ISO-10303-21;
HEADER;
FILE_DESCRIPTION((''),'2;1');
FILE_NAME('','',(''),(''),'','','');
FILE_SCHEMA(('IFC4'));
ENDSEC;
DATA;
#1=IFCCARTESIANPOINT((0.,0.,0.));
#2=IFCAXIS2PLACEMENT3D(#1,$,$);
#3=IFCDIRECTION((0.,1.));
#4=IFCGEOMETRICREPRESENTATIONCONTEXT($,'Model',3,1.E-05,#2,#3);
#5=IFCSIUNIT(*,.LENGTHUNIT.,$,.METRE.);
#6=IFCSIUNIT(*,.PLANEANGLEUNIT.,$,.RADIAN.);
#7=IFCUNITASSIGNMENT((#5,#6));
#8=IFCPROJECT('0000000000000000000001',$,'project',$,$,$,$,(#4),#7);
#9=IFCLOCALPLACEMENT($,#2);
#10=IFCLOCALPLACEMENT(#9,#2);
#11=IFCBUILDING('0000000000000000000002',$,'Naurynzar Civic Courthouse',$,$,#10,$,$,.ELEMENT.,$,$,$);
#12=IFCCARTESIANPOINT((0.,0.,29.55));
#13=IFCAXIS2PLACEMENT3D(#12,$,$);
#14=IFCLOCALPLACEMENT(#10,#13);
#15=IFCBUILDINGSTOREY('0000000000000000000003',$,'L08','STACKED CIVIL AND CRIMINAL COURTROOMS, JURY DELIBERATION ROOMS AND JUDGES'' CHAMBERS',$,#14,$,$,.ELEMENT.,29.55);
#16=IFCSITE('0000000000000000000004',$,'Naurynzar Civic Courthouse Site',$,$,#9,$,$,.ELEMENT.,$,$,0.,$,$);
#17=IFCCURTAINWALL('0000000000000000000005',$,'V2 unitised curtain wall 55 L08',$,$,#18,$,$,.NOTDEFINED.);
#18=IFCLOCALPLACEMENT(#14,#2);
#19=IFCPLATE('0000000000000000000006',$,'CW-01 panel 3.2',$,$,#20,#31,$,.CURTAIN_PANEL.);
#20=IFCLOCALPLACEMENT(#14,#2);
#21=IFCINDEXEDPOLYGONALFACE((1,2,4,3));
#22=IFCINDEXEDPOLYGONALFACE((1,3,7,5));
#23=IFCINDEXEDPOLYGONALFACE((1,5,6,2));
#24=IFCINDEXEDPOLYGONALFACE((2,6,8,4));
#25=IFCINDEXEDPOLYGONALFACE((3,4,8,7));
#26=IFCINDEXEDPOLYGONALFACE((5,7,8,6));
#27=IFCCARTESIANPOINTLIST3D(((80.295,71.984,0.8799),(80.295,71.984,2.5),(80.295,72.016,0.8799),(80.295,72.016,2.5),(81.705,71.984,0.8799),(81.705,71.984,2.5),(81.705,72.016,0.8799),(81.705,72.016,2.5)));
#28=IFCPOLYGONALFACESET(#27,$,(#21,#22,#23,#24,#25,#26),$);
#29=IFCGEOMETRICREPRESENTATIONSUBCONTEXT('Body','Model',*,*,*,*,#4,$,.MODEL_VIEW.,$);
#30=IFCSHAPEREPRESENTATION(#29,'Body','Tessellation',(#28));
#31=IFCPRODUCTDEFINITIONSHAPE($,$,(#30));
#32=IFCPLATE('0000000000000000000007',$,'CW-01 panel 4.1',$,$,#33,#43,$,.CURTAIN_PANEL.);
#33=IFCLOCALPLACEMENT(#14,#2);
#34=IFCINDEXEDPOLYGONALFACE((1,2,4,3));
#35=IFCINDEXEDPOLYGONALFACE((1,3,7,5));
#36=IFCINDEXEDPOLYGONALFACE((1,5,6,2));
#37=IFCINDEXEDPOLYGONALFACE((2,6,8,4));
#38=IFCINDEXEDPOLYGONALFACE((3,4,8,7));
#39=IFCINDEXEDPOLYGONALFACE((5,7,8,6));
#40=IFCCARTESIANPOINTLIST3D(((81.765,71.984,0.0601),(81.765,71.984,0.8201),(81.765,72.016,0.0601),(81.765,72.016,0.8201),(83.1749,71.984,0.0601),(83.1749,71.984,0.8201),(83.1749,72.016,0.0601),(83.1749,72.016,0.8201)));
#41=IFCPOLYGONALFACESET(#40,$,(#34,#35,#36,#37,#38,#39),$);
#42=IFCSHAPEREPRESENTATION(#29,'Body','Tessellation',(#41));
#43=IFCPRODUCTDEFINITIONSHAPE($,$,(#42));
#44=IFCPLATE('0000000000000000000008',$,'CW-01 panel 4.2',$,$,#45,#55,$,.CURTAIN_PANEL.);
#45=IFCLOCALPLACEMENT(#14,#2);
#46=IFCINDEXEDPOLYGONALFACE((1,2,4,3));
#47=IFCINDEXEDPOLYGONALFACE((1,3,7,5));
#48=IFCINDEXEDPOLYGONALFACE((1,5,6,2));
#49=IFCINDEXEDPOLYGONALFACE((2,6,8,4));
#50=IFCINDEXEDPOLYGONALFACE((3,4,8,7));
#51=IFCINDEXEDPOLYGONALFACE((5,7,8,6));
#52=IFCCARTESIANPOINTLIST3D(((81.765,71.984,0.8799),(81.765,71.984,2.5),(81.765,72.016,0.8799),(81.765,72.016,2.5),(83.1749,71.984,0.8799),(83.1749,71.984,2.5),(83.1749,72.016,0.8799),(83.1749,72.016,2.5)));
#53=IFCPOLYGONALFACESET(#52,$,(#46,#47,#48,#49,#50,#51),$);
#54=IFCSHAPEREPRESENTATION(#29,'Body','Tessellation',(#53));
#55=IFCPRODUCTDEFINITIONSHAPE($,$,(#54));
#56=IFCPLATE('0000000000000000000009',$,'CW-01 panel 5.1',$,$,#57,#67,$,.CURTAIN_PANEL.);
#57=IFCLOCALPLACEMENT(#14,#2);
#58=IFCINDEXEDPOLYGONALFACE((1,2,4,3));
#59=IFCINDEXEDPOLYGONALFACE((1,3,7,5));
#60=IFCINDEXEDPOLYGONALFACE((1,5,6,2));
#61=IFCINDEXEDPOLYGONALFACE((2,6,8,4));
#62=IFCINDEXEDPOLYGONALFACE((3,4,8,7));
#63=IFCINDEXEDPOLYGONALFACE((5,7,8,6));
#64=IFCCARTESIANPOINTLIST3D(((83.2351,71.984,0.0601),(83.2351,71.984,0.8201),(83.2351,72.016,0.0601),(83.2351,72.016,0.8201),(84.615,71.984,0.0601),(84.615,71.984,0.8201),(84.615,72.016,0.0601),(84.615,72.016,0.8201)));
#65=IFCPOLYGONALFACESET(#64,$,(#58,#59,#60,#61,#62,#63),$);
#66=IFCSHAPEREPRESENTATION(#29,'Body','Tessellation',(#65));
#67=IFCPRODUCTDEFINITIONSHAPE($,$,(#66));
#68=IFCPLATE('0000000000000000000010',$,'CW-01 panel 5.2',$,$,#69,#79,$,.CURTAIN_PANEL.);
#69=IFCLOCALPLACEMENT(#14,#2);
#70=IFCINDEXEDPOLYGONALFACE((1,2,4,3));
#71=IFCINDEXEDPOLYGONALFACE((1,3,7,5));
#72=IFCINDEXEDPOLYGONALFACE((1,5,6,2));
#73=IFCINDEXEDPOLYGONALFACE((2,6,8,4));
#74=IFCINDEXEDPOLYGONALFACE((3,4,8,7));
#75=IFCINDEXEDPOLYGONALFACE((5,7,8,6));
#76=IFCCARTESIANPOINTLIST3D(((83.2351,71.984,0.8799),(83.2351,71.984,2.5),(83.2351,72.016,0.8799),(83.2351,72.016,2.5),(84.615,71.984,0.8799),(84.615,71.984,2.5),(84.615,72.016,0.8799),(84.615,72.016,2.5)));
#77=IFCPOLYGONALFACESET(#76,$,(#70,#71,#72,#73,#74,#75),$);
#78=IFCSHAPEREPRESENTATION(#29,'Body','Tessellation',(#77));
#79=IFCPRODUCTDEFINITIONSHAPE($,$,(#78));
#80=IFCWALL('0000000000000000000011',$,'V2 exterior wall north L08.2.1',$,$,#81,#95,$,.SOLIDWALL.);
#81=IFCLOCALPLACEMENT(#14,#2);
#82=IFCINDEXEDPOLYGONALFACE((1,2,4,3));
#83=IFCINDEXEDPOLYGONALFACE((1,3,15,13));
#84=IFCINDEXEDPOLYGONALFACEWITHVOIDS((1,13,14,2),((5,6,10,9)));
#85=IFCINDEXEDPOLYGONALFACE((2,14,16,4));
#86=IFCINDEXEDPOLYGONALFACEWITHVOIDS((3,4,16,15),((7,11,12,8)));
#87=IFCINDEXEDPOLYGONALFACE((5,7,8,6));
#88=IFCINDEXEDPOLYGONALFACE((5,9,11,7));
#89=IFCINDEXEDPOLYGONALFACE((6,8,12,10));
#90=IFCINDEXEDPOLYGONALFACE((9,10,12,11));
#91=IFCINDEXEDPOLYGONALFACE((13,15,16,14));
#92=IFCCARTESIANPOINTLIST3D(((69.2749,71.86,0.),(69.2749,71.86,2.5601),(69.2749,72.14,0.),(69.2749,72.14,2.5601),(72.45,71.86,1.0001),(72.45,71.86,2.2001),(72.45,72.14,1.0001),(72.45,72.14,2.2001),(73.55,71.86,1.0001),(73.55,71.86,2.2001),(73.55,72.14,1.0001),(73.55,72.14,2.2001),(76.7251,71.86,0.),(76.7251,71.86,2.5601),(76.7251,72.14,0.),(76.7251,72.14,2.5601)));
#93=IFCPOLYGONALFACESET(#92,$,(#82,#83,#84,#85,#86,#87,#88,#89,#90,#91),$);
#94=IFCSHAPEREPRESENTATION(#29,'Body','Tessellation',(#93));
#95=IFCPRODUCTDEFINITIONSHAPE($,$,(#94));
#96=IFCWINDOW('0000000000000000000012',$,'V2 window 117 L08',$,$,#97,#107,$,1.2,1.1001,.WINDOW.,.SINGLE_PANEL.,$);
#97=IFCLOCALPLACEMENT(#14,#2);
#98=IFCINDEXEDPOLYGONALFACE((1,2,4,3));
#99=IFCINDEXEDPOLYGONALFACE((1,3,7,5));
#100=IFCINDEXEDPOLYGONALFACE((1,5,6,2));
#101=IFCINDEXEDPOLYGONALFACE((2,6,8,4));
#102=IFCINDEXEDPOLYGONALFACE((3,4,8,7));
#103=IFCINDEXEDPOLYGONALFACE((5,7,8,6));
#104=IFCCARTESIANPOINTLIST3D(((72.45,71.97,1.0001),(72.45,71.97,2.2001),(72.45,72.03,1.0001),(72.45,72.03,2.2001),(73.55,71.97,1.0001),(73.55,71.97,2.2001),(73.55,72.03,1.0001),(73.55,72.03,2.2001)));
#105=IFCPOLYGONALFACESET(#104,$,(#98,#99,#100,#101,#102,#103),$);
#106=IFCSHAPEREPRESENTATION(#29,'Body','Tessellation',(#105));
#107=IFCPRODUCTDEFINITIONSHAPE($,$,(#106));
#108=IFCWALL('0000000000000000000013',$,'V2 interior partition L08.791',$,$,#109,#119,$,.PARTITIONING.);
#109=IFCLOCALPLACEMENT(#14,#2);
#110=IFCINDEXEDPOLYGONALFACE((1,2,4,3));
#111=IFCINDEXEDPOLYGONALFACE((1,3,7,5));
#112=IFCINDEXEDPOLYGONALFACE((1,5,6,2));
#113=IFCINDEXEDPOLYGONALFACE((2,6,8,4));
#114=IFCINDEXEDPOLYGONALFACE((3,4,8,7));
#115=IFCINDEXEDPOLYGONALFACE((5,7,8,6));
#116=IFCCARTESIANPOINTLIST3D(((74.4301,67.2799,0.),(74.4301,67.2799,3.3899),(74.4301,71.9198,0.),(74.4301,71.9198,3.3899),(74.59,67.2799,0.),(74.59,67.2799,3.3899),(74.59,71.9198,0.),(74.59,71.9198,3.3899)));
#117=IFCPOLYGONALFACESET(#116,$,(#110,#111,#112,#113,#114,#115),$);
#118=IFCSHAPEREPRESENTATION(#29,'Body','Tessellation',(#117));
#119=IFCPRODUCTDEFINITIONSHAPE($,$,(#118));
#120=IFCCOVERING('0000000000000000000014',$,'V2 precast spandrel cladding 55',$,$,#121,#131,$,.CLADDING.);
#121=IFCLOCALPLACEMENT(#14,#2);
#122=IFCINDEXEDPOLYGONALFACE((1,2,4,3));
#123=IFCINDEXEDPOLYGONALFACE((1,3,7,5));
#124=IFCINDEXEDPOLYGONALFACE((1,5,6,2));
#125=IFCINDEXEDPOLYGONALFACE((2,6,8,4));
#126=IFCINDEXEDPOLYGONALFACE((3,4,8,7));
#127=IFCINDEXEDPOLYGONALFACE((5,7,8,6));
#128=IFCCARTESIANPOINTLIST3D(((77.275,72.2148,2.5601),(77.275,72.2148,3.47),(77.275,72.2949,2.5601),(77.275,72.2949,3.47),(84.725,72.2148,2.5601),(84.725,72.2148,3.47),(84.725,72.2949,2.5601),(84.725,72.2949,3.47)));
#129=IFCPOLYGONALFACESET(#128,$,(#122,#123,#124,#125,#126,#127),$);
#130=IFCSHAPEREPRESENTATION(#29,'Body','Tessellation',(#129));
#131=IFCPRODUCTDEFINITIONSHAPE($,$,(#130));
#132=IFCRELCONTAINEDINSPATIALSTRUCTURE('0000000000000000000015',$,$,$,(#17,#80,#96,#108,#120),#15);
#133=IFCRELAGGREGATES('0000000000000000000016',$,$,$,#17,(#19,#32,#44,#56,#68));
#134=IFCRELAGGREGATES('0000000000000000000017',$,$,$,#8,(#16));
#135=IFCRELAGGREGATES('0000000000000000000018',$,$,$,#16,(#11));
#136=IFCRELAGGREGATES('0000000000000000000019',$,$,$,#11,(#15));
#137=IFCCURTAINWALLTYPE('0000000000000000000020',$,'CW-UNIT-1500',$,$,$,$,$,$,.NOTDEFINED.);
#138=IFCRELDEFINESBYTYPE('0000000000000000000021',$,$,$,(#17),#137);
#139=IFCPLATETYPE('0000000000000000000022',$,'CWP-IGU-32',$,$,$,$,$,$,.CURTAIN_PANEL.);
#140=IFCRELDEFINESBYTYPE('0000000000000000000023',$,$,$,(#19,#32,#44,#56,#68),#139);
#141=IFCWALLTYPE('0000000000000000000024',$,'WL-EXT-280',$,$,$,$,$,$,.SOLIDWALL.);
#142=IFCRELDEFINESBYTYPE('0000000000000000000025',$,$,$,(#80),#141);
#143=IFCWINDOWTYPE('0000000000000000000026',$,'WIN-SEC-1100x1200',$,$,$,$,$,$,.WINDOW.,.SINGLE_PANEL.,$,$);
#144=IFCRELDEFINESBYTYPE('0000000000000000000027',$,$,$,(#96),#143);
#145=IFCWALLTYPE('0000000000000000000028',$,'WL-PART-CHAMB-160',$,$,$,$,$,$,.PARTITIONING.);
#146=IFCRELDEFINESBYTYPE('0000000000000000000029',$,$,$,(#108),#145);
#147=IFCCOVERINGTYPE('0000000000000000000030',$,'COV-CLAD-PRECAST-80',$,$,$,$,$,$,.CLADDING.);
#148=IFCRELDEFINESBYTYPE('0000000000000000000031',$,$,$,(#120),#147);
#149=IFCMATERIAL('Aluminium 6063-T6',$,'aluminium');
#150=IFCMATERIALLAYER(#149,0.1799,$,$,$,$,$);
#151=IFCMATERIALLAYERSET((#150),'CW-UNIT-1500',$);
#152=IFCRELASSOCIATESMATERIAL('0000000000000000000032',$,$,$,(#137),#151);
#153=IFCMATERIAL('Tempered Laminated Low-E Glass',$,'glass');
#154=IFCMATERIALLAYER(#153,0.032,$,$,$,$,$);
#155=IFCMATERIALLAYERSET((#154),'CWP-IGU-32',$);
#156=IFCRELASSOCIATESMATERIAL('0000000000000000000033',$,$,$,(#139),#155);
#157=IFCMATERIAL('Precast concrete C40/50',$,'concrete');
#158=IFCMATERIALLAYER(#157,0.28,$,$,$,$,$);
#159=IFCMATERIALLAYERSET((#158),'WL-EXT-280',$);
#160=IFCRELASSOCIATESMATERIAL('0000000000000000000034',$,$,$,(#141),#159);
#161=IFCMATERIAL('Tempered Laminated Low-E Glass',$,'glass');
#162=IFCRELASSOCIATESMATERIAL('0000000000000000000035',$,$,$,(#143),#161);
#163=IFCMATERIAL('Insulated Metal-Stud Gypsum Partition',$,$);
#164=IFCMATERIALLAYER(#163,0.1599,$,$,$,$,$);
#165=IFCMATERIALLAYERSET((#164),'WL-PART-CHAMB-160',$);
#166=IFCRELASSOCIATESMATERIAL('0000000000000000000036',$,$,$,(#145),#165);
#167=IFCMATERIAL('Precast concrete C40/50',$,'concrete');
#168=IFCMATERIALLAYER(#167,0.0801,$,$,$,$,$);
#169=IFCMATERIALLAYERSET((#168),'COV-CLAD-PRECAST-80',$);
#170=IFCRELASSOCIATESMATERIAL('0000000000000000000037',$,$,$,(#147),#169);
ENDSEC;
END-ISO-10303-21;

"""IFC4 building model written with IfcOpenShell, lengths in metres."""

from ifc_helpers import new_model, si_unit, direction, frame, frame_2d, origin, origin_2d, place, context, subcontext, project, spatial, rectangle, extrude, material, layer, layer_set, type_object, element, fill, aggregate, save


model = new_model("IFC4")

# Units and contexts
model_context = context("Model", 3, precision=1e-05, world=origin(), true_north=direction((0.0, 1.0)))
body_context = subcontext(model_context, "Body", "Model", "MODEL_VIEW")
ifc_project = project(units=[si_unit("LENGTHUNIT", "METRE"), si_unit("PLANEANGLEUNIT", "RADIAN")], contexts=[model_context])

# Site, building, storey
site_placement = place(None, origin())
site = spatial("IfcSite", under=ifc_project, at=site_placement, Name="Naurynzar Civic Courthouse Site", CompositionType="ELEMENT", RefElevation=0.0)
building_placement = place(site_placement, origin())
building = spatial("IfcBuilding", under=site, at=building_placement, Name="Naurynzar Civic Courthouse", CompositionType="ELEMENT")
storey_placement = place(building_placement, frame((0.0, 0.0, 29.55)))
storey = spatial("IfcBuildingStorey", under=building, at=storey_placement, Name="L08", Description="STACKED CIVIL AND CRIMINAL COURTROOMS, JURY DELIBERATION ROOMS AND JUDGES' CHAMBERS", CompositionType="ELEMENT", Elevation=29.55)

# Curtain wall, plates
ifc_material_1 = material(Name="Aluminium 6063-T6", Category="aluminium")
ifc_layer_1 = layer(ifc_material_1, 0.1799)
ifc_layer_set_1 = layer_set([ifc_layer_1], Name="CW-UNIT-1500")
curtain_wall_type = type_object("IfcCurtainWallType", Name="CW-UNIT-1500", PredefinedType="NOTDEFINED", material=ifc_layer_set_1)
curtain_wall_placement = place(storey_placement, origin())
curtain_wall = element("IfcCurtainWall", 1, at=curtain_wall_placement, inside=storey, type_object=curtain_wall_type, Name="V2 unitised curtain wall 55 L08", PredefinedType="NOTDEFINED")
ifc_material_2 = material(Name="Tempered Laminated Low-E Glass", Category="glass")
ifc_layer_2 = layer(ifc_material_2, 0.032)
ifc_layer_set_2 = layer_set([ifc_layer_2], Name="CWP-IGU-32")
plate_type = type_object("IfcPlateType", Name="CWP-IGU-32", PredefinedType="CURTAIN_PANEL", material=ifc_layer_set_2)
plate_1_placement = place(storey_placement, frame((81.0, 72.0, 0.8799), z_axis=(0.0, 0.0, 1.0), x_axis=(1.0, 0.0, 0.0)))
plate_1 = element("IfcPlate", 2, at=plate_1_placement, type_object=plate_type, Name="CW-01 panel 3.2", PredefinedType="CURTAIN_PANEL", context=body_context, shape_type="SweptSolid", body=[
    extrude(rectangle(XDim=1.4099, YDim=0.032, at=origin_2d()), origin(), (0.0, 0.0, 1.0), 1.6201),
])
plate_2_placement = place(storey_placement, frame((82.47, 72.0, 0.0601), z_axis=(0.0, 0.0, 1.0), x_axis=(1.0, 0.0, 0.0)))
plate_2 = element("IfcPlate", 3, at=plate_2_placement, type_object=plate_type, Name="CW-01 panel 4.1", PredefinedType="CURTAIN_PANEL", context=body_context, shape_type="SweptSolid", body=[
    extrude(rectangle(XDim=1.4099, YDim=0.032, at=origin_2d()), origin(), (0.0, 0.0, 1.0), 0.76),
])
plate_3_placement = place(storey_placement, frame((82.47, 72.0, 0.8799), z_axis=(0.0, 0.0, 1.0), x_axis=(1.0, 0.0, 0.0)))
plate_3 = element("IfcPlate", 4, at=plate_3_placement, type_object=plate_type, Name="CW-01 panel 4.2", PredefinedType="CURTAIN_PANEL", context=body_context, shape_type="SweptSolid", body=[
    extrude(rectangle(XDim=1.4099, YDim=0.032, at=origin_2d()), origin(), (0.0, 0.0, 1.0), 1.6201),
])
plate_4_placement = place(storey_placement, frame((83.925, 72.0, 0.0601), z_axis=(0.0, 0.0, 1.0), x_axis=(1.0, 0.0, 0.0)))
plate_4 = element("IfcPlate", 5, at=plate_4_placement, type_object=plate_type, Name="CW-01 panel 5.1", PredefinedType="CURTAIN_PANEL", context=body_context, shape_type="SweptSolid", body=[
    extrude(rectangle(XDim=1.3799, YDim=0.032, at=origin_2d()), origin(), (0.0, 0.0, 1.0), 0.76),
])
plate_5_placement = place(storey_placement, frame((83.925, 72.0, 0.8799), z_axis=(0.0, 0.0, 1.0), x_axis=(1.0, 0.0, 0.0)))
plate_5 = element("IfcPlate", 6, at=plate_5_placement, type_object=plate_type, Name="CW-01 panel 5.2", PredefinedType="CURTAIN_PANEL", context=body_context, shape_type="SweptSolid", body=[
    extrude(rectangle(XDim=1.3799, YDim=0.032, at=origin_2d()), origin(), (0.0, 0.0, 1.0), 1.6201),
])
aggregate(curtain_wall, [plate_1, plate_2, plate_3, plate_4, plate_5])

# Wall, opening, window
ifc_material_3 = material(Name="Precast concrete C40/50", Category="concrete")
ifc_layer_3 = layer(ifc_material_3, 0.28)
ifc_layer_set_3 = layer_set([ifc_layer_3], Name="WL-EXT-280")
wall_type_1 = type_object("IfcWallType", Name="WL-EXT-280", PredefinedType="SOLIDWALL", material=ifc_layer_set_3)
wall_1_placement = place(storey_placement, frame((69.2749, 72.0, 0.0), z_axis=(0.0, 0.0, 1.0), x_axis=(1.0, 0.0, 0.0)))
wall_1 = element("IfcWall", 7, at=wall_1_placement, inside=storey, type_object=wall_type_1, Name="V2 exterior wall north L08.2.1", PredefinedType="SOLIDWALL", context=body_context, shape_type="SweptSolid", body=[
    extrude(rectangle(XDim=7.4502, YDim=0.28, at=frame_2d((3.7251, 0.0))), origin(), (0.0, 0.0, 1.0), 2.5601),
])
opening_placement = place(wall_1_placement, frame((3.175, 0.0, 1.0)))
opening = element("IfcOpeningElement", 8, at=opening_placement, cuts=wall_1, PredefinedType="OPENING", context=body_context, shape_type="SweptSolid", body=[
    extrude(rectangle(XDim=1.1001, YDim=1.2, at=frame_2d((0.55, 0.6001))), frame((0.0, 0.1499, 0.0), z_axis=(0.0, -1.0, 0.0), x_axis=(1.0, 0.0, 0.0)), (0.0, 0.0, 1.0), 0.3),
])
ifc_material_4 = material(Name="Tempered Laminated Low-E Glass", Category="glass")
window_type = type_object("IfcWindowType", Name="WIN-SEC-1100x1200", PartitioningType="SINGLE_PANEL", PredefinedType="WINDOW", material=ifc_material_4)
window_placement = place(opening_placement, origin())
window = element("IfcWindow", 9, at=window_placement, inside=storey, type_object=window_type, Name="V2 window 117 L08", OverallHeight=1.2, OverallWidth=1.1001, PartitioningType="SINGLE_PANEL", PredefinedType="WINDOW", context=body_context, shape_type="SweptSolid", body=[
    extrude(rectangle(XDim=1.1001, YDim=1.2, at=frame_2d((0.55, 0.6001))), frame((0.0, 0.03, 0.0), z_axis=(0.0, -1.0, 0.0), x_axis=(1.0, 0.0, 0.0)), (0.0, 0.0, 1.0), 0.0601),
])
fill(opening, window)

# Wall
ifc_material_5 = material(Name="Insulated Metal-Stud Gypsum Partition")
ifc_layer_4 = layer(ifc_material_5, 0.1599)
ifc_layer_set_4 = layer_set([ifc_layer_4], Name="WL-PART-CHAMB-160")
wall_type_2 = type_object("IfcWallType", Name="WL-PART-CHAMB-160", PredefinedType="PARTITIONING", material=ifc_layer_set_4)
wall_2_placement = place(storey_placement, frame((74.51, 67.28, 0.0), z_axis=(0.0, 0.0, 1.0), x_axis=(0.0, 1.0, 0.0)))
element("IfcWall", 10, at=wall_2_placement, inside=storey, type_object=wall_type_2, Name="V2 interior partition L08.791", PredefinedType="PARTITIONING", context=body_context, shape_type="SweptSolid", body=[
    extrude(rectangle(XDim=4.6399, YDim=0.1599, at=frame_2d((2.3198, 0.0))), origin(), (0.0, 0.0, 1.0), 3.3899),
])

# Covering
ifc_material_6 = material(Name="Precast concrete C40/50", Category="concrete")
ifc_layer_5 = layer(ifc_material_6, 0.0801)
ifc_layer_set_5 = layer_set([ifc_layer_5], Name="COV-CLAD-PRECAST-80")
covering_type = type_object("IfcCoveringType", Name="COV-CLAD-PRECAST-80", PredefinedType="CLADDING", material=ifc_layer_set_5)
covering_placement = place(storey_placement, frame((81.0, 72.2549, 2.5601), z_axis=(0.0, 0.0, 1.0), x_axis=(1.0, 0.0, 0.0)))
element("IfcCovering", 11, at=covering_placement, inside=storey, type_object=covering_type, Name="V2 precast spandrel cladding 55", PredefinedType="CLADDING", context=body_context, shape_type="SweptSolid", body=[
    extrude(rectangle(XDim=7.45, YDim=0.0801, at=origin_2d()), origin(), (0.0, 0.0, 1.0), 0.9099),
])

save(model, "model.ifc")
